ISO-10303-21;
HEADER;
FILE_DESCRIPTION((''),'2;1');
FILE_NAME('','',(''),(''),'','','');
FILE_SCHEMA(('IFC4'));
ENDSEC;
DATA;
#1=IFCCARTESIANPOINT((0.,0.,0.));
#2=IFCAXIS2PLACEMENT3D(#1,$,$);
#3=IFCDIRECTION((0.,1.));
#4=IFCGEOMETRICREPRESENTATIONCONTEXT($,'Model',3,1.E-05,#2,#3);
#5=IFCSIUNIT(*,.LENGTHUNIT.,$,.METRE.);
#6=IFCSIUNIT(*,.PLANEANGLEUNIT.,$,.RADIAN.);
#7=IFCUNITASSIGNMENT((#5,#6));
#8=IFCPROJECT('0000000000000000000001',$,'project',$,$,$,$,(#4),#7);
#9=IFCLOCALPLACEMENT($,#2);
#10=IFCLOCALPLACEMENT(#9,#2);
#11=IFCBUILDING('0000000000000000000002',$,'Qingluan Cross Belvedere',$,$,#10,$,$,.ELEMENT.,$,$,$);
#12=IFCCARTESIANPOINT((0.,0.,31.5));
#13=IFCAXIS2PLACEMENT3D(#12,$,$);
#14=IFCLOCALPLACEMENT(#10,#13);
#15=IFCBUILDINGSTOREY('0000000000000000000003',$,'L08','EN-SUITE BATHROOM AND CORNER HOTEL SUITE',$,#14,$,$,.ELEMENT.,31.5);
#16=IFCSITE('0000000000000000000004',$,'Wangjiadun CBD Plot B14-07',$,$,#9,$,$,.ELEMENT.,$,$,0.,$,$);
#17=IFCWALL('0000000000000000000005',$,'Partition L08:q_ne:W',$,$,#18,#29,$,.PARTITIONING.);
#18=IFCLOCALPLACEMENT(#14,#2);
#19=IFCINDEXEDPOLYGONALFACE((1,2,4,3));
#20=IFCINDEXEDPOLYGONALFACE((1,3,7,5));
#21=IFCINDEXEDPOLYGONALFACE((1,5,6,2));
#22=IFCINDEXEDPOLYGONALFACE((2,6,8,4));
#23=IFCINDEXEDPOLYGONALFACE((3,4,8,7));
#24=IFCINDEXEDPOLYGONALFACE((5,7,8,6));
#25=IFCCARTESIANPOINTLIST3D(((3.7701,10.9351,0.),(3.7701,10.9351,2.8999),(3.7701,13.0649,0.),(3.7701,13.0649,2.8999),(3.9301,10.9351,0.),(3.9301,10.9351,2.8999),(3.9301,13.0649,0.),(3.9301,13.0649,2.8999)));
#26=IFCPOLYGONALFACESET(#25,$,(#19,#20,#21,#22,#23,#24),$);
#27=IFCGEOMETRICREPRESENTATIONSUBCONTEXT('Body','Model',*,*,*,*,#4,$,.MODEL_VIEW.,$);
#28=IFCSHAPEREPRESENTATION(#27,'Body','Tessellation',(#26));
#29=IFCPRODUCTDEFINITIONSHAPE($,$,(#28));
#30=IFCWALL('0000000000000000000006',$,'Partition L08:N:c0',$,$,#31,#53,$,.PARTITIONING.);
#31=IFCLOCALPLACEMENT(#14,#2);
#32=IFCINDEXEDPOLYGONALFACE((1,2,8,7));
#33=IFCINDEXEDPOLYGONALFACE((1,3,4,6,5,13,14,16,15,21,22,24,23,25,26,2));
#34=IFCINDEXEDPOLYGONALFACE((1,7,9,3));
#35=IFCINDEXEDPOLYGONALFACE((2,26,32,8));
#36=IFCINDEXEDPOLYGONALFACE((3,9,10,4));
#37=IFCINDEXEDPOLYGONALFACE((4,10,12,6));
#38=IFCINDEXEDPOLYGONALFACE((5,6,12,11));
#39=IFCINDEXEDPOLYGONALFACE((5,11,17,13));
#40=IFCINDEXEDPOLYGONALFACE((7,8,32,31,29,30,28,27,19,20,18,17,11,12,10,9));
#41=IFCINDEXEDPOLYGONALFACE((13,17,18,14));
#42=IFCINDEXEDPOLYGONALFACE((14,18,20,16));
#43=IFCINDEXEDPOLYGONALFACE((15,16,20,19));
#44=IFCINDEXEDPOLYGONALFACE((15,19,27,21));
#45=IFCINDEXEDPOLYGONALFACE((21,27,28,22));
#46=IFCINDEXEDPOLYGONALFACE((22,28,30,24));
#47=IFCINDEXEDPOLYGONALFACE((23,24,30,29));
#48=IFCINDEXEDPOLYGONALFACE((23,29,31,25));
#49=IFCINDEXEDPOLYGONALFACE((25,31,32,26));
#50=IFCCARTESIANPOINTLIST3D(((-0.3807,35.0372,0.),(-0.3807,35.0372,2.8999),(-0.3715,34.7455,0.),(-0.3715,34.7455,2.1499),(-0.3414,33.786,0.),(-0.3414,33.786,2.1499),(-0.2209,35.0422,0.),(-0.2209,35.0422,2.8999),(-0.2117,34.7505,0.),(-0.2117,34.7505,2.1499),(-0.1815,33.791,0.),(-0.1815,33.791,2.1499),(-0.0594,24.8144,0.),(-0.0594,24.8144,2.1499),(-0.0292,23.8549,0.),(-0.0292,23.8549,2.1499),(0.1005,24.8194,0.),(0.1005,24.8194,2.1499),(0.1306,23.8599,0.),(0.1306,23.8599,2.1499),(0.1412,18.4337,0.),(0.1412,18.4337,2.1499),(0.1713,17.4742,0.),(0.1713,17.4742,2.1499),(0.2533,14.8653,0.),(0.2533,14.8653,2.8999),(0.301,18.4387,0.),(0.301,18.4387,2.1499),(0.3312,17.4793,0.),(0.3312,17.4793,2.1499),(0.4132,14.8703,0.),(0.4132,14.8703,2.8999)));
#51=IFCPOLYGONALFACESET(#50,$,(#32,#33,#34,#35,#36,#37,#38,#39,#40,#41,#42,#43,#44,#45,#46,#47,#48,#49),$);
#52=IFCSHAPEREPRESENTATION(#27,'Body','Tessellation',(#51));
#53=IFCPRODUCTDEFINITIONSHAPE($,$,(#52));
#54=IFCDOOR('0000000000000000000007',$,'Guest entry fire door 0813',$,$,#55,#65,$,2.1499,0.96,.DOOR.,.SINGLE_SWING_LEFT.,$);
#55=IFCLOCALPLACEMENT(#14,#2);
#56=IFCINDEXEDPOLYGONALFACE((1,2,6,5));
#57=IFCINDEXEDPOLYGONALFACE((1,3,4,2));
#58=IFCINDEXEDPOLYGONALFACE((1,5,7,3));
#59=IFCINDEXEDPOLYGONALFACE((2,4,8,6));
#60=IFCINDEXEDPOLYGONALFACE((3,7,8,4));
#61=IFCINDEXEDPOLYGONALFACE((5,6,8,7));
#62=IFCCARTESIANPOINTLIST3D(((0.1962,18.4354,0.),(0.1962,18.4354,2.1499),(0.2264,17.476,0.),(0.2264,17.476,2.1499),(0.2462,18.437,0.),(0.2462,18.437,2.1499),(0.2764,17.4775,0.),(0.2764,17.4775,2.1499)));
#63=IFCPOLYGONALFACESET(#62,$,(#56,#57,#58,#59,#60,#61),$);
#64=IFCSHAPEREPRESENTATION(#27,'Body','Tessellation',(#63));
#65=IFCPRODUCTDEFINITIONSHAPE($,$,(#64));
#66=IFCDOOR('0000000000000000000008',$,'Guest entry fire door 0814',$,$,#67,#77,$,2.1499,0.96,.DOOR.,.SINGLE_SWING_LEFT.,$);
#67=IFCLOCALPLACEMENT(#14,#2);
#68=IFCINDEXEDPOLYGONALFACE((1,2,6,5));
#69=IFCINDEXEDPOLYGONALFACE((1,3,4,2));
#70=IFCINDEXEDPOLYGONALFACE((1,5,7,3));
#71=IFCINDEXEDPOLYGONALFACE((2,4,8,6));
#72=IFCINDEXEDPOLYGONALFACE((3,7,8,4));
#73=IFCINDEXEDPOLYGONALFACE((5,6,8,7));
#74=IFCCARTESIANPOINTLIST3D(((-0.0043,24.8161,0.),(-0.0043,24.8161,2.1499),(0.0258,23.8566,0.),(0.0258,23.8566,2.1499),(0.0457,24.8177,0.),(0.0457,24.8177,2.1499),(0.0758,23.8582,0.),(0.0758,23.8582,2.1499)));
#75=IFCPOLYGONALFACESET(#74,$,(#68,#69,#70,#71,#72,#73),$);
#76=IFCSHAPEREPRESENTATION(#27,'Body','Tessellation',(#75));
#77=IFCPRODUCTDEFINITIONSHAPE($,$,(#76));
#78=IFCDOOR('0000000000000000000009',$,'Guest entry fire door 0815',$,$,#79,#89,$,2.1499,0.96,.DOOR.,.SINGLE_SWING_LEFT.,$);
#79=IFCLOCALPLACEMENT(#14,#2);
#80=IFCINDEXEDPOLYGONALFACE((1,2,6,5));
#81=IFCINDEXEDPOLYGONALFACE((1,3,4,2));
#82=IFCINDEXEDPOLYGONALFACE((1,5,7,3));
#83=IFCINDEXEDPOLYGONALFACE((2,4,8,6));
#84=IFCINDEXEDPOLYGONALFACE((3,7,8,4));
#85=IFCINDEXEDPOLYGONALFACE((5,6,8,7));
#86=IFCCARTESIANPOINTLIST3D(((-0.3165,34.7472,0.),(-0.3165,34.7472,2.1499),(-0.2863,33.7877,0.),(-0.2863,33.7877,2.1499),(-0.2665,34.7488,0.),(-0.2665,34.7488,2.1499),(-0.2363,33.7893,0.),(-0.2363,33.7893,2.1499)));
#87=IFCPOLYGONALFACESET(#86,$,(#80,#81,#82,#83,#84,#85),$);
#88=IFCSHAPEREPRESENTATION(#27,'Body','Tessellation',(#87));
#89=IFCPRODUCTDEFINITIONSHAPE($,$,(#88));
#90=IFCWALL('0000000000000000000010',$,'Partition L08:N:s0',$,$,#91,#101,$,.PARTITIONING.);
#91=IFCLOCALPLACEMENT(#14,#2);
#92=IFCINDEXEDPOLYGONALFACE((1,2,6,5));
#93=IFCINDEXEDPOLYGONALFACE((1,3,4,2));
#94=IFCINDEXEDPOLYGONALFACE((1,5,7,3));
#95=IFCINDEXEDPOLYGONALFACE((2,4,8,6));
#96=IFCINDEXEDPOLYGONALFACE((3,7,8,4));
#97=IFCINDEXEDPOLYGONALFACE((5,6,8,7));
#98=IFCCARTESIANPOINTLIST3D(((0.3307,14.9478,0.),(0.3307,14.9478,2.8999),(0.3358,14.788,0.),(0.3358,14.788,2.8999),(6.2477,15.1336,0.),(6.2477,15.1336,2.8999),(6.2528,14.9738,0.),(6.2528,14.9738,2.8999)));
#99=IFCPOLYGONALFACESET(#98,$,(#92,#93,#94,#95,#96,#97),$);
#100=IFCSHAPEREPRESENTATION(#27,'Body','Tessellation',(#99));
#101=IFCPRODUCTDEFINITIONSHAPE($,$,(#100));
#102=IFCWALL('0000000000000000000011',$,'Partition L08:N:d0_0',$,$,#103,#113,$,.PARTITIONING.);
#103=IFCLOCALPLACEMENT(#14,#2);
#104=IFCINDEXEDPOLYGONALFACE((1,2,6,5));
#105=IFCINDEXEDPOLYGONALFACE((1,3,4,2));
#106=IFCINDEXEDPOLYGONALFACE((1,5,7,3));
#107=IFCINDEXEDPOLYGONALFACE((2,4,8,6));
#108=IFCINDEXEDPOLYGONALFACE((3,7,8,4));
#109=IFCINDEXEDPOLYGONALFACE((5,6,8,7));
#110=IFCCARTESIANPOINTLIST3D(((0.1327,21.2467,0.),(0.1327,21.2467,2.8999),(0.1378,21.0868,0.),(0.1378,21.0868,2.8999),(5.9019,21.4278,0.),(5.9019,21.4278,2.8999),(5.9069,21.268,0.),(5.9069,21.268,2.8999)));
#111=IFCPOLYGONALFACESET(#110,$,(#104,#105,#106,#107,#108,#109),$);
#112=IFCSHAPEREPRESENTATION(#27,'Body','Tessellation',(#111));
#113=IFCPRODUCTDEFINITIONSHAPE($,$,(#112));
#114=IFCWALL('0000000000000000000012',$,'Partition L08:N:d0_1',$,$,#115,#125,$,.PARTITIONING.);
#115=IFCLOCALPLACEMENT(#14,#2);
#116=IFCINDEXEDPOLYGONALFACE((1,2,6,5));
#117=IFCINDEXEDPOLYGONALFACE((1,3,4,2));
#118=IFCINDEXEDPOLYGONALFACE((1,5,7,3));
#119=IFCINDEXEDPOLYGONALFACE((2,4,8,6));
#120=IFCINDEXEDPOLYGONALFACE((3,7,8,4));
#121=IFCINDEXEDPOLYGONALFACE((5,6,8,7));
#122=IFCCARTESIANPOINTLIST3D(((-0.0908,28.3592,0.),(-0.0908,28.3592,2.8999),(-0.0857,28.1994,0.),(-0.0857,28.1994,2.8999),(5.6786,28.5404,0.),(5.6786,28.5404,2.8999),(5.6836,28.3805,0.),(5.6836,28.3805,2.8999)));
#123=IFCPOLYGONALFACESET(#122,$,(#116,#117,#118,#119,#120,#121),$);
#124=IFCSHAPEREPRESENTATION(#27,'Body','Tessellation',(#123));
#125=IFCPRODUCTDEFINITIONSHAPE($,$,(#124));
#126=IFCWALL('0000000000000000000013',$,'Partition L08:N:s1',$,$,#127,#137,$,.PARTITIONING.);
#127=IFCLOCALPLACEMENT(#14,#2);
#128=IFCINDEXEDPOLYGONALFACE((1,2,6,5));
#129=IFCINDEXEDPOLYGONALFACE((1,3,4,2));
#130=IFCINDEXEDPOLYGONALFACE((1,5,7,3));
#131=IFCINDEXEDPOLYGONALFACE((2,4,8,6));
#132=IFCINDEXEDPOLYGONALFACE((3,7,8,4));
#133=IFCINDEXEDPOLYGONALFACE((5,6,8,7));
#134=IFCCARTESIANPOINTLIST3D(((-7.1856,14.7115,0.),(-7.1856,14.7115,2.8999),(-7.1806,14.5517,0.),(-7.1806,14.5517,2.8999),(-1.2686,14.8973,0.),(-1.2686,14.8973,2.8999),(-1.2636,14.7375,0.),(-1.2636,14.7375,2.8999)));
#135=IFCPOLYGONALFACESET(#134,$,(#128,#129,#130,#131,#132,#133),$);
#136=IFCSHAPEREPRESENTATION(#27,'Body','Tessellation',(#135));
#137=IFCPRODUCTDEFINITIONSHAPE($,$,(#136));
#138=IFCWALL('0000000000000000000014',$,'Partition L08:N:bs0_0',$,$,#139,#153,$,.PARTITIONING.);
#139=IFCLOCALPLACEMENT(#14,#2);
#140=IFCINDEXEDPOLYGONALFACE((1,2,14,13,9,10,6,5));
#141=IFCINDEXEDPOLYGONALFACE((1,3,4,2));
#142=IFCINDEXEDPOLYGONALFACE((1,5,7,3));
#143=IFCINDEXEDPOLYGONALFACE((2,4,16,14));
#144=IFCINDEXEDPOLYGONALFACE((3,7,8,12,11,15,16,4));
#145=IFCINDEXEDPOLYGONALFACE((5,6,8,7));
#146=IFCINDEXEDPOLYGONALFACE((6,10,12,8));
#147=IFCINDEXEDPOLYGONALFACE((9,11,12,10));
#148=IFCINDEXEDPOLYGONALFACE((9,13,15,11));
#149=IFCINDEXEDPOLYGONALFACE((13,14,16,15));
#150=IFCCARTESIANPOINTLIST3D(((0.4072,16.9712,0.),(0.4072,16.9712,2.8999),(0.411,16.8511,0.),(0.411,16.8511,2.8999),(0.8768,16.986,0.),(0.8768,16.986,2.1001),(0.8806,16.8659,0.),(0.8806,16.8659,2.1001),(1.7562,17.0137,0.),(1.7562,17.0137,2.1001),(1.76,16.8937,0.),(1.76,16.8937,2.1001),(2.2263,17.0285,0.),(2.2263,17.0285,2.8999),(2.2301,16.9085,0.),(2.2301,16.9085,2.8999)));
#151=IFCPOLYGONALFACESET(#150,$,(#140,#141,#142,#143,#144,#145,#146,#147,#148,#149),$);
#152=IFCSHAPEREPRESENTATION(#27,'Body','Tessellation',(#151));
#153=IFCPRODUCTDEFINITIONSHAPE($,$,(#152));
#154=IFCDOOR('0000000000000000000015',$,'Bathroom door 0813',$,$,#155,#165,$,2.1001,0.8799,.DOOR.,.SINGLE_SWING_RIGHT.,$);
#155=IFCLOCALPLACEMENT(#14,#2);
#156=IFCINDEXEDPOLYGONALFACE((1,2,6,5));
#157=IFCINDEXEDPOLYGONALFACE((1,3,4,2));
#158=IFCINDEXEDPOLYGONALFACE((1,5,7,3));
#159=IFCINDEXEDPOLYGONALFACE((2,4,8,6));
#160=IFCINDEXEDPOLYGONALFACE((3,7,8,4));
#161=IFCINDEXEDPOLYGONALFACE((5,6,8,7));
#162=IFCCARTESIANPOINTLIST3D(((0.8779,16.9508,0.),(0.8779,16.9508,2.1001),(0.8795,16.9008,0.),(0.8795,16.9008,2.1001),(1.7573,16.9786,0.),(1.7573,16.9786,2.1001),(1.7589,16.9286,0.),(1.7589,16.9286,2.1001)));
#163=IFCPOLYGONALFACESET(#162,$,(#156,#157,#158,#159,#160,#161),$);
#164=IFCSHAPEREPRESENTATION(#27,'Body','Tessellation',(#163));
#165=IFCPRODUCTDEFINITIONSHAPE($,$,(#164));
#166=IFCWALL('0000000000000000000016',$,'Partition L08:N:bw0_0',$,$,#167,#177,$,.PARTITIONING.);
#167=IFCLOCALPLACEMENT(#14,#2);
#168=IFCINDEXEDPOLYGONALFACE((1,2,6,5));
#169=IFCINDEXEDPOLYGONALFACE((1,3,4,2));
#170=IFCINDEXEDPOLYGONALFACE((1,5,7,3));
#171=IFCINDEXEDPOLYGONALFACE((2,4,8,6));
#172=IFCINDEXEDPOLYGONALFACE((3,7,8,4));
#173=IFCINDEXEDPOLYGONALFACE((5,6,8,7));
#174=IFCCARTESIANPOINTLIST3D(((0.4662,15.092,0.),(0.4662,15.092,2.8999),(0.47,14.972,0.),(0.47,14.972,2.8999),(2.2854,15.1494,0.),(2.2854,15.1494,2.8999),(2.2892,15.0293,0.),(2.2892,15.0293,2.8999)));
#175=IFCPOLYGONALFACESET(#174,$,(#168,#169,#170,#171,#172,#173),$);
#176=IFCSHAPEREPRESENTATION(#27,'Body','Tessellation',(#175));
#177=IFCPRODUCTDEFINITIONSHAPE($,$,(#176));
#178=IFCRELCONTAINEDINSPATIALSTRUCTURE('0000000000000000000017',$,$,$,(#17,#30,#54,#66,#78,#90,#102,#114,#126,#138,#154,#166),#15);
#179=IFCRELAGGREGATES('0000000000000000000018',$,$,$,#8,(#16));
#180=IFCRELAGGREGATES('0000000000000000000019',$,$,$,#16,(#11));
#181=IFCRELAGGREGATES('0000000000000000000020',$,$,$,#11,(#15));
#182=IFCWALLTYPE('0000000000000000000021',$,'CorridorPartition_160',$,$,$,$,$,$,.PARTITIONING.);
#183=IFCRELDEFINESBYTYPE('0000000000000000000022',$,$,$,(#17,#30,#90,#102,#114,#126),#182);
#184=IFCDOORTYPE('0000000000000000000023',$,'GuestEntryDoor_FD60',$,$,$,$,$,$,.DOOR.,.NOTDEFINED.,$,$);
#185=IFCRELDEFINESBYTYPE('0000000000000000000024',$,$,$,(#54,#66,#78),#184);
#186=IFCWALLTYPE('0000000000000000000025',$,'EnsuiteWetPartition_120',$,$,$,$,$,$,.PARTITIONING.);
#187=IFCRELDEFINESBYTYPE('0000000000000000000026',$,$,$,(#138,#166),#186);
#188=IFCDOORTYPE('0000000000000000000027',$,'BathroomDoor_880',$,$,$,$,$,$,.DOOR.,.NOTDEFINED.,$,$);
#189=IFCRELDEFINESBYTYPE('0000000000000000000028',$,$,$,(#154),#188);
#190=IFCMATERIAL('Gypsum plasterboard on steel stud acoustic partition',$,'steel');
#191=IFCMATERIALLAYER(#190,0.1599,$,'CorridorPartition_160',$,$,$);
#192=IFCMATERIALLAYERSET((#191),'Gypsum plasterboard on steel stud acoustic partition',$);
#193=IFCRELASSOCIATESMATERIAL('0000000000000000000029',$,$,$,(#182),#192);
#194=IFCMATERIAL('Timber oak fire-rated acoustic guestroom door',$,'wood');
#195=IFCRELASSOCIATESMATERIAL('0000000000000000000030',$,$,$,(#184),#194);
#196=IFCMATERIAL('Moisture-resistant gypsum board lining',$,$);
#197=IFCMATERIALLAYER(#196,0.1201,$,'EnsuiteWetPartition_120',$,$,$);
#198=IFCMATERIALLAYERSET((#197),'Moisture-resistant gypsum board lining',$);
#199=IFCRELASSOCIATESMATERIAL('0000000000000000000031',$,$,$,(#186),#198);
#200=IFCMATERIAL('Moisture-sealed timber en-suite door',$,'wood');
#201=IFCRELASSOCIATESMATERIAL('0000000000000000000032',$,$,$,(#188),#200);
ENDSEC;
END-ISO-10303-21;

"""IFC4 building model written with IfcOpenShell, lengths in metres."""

from ifc_helpers import new_model, si_unit, direction, frame, frame_2d, origin, place, context, subcontext, project, spatial, rectangle, extrude, material, layer, layer_set, type_object, element, fill, save


model = new_model("IFC4")

# Units and contexts
model_context = context("Model", 3, precision=1e-05, world=origin(), true_north=direction((0.0, 1.0)))
body_context = subcontext(model_context, "Body", "Model", "MODEL_VIEW")
ifc_project = project(units=[si_unit("LENGTHUNIT", "METRE"), si_unit("PLANEANGLEUNIT", "RADIAN")], contexts=[model_context])

# Site, building, storey
site_placement = place(None, origin())
site = spatial("IfcSite", under=ifc_project, at=site_placement, Name="Wangjiadun CBD Plot B14-07", CompositionType="ELEMENT", RefElevation=0.0)
building_placement = place(site_placement, origin())
building = spatial("IfcBuilding", under=site, at=building_placement, Name="Qingluan Cross Belvedere", CompositionType="ELEMENT")
storey_placement = place(building_placement, frame((0.0, 0.0, 31.5)))
storey = spatial("IfcBuildingStorey", under=building, at=storey_placement, Name="L08", Description="EN-SUITE BATHROOM AND CORNER HOTEL SUITE", CompositionType="ELEMENT", Elevation=31.5)

# Shared definitions
ifc_material_1 = material(Name="Gypsum plasterboard on steel stud acoustic partition", Category="steel")
ifc_layer_1 = layer(ifc_material_1, 0.1599, Name="CorridorPartition_160")
ifc_layer_set_1 = layer_set([ifc_layer_1], Name="Gypsum plasterboard on steel stud acoustic partition")
wall_type_1 = type_object("IfcWallType", Name="CorridorPartition_160", PredefinedType="PARTITIONING", material=ifc_layer_set_1)
ifc_material_2 = material(Name="Timber oak fire-rated acoustic guestroom door", Category="wood")
door_type_1 = type_object("IfcDoorType", Name="GuestEntryDoor_FD60", OperationType="NOTDEFINED", PredefinedType="DOOR", material=ifc_material_2)

# Wall
wall_1_placement = place(storey_placement, frame((3.8501, 10.9351, 0.0), z_axis=(0.0, 0.0, 1.0), x_axis=(0.0, 1.0, 0.0)))
element("IfcWall", 1, at=wall_1_placement, inside=storey, type_object=wall_type_1, Name="Partition L08:q_ne:W", PredefinedType="PARTITIONING", context=body_context, shape_type="SweptSolid", body=[
    extrude(rectangle(XDim=2.1299, YDim=0.1599, at=frame_2d((1.0649, 0.0))), origin(), (0.0, 0.0, 1.0), 2.8999),
])

# Wall, openings, doors
wall_2_placement = place(storey_placement, frame((0.3333, 14.8679, 0.0), z_axis=(0.0, 0.0, 1.0), x_axis=(-0.031416, 0.999506, 0.0)))
wall_2 = element("IfcWall", 2, at=wall_2_placement, inside=storey, type_object=wall_type_1, Name="Partition L08:N:c0", PredefinedType="PARTITIONING", context=body_context, shape_type="SweptSolid", body=[
    extrude(rectangle(XDim=20.1819, YDim=0.1599, at=frame_2d((10.0908, 0.0))), origin(), (0.0, 0.0, 1.0), 2.8999),
])
opening_1_placement = place(wall_2_placement, frame((2.6101, 0.0, 0.0)))
opening_1 = element("IfcOpeningElement", 3, at=opening_1_placement, cuts=wall_2, PredefinedType="OPENING", context=body_context, shape_type="SweptSolid", body=[
    extrude(rectangle(XDim=0.96, YDim=2.1499, at=frame_2d((0.48, 1.075))), frame((0.0, 0.0898, 0.0), z_axis=(0.0, -1.0, 0.0), x_axis=(1.0, 0.0, 0.0)), (0.0, 0.0, 1.0), 0.1799),
])
opening_2_placement = place(wall_2_placement, frame((8.9939, 0.0, 0.0)))
opening_2 = element("IfcOpeningElement", 4, at=opening_2_placement, cuts=wall_2, PredefinedType="OPENING", context=body_context, shape_type="SweptSolid", body=[
    extrude(rectangle(XDim=0.96, YDim=2.1499, at=frame_2d((0.48, 1.075))), frame((0.0, 0.0898, 0.0), z_axis=(0.0, -1.0, 0.0), x_axis=(1.0, 0.0, 0.0)), (0.0, 0.0, 1.0), 0.1799),
])
opening_3_placement = place(wall_2_placement, frame((18.9299, 0.0, 0.0)))
opening_3 = element("IfcOpeningElement", 5, at=opening_3_placement, cuts=wall_2, PredefinedType="OPENING", context=body_context, shape_type="SweptSolid", body=[
    extrude(rectangle(XDim=0.96, YDim=2.1499, at=frame_2d((0.48, 1.075))), frame((0.0, 0.0898, 0.0), z_axis=(0.0, -1.0, 0.0), x_axis=(1.0, 0.0, 0.0)), (0.0, 0.0, 1.0), 0.1799),
])
door_1_placement = place(opening_1_placement, origin())
door_1 = element("IfcDoor", 6, at=door_1_placement, inside=storey, type_object=door_type_1, Name="Guest entry fire door 0813", OperationType="SINGLE_SWING_LEFT", OverallHeight=2.1499, OverallWidth=0.96, PredefinedType="DOOR", context=body_context, shape_type="SweptSolid", body=[
    extrude(rectangle(XDim=0.96, YDim=2.1499, at=frame_2d((0.48, 1.075))), frame((0.0, 0.0249, 0.0), z_axis=(0.0, -1.0, 0.0), x_axis=(1.0, 0.0, 0.0)), (0.0, 0.0, 1.0), 0.05),
])
fill(opening_1, door_1)
door_2_placement = place(opening_2_placement, origin())
door_2 = element("IfcDoor", 7, at=door_2_placement, inside=storey, type_object=door_type_1, Name="Guest entry fire door 0814", OperationType="SINGLE_SWING_LEFT", OverallHeight=2.1499, OverallWidth=0.96, PredefinedType="DOOR", context=body_context, shape_type="SweptSolid", body=[
    extrude(rectangle(XDim=0.96, YDim=2.1499, at=frame_2d((0.48, 1.075))), frame((0.0, 0.0249, 0.0), z_axis=(0.0, -1.0, 0.0), x_axis=(1.0, 0.0, 0.0)), (0.0, 0.0, 1.0), 0.05),
])
fill(opening_2, door_2)
door_3_placement = place(opening_3_placement, origin())
door_3 = element("IfcDoor", 8, at=door_3_placement, inside=storey, type_object=door_type_1, Name="Guest entry fire door 0815", OperationType="SINGLE_SWING_LEFT", OverallHeight=2.1499, OverallWidth=0.96, PredefinedType="DOOR", context=body_context, shape_type="SweptSolid", body=[
    extrude(rectangle(XDim=0.96, YDim=2.1499, at=frame_2d((0.48, 1.075))), frame((0.0, 0.0249, 0.0), z_axis=(0.0, -1.0, 0.0), x_axis=(1.0, 0.0, 0.0)), (0.0, 0.0, 1.0), 0.05),
])
fill(opening_3, door_3)

# Walls
wall_3_placement = place(storey_placement, frame((0.3333, 14.8679, 0.0), z_axis=(0.0, 0.0, 1.0), x_axis=(0.999507, 0.031384, 0.0)))
element("IfcWall", 9, at=wall_3_placement, inside=storey, type_object=wall_type_1, Name="Partition L08:N:s0", PredefinedType="PARTITIONING", context=body_context, shape_type="SweptSolid", body=[
    extrude(rectangle(XDim=5.9199, YDim=0.1599, at=frame_2d((2.96, 0.0))), origin(), (0.0, 0.0, 1.0), 2.8999),
])
wall_4_placement = place(storey_placement, frame((0.1353, 21.1667, 0.0), z_axis=(0.0, 0.0, 1.0), x_axis=(0.999507, 0.031385, 0.0)))
element("IfcWall", 10, at=wall_4_placement, inside=storey, type_object=wall_type_1, Name="Partition L08:N:d0_0", PredefinedType="PARTITIONING", context=body_context, shape_type="SweptSolid", body=[
    extrude(rectangle(XDim=5.772, YDim=0.1599, at=frame_2d((2.886, 0.0))), origin(), (0.0, 0.0, 1.0), 2.8999),
])
wall_5_placement = place(storey_placement, frame((-0.0884, 28.2793, 0.0), z_axis=(0.0, 0.0, 1.0), x_axis=(0.999507, 0.031384, 0.0)))
element("IfcWall", 11, at=wall_5_placement, inside=storey, type_object=wall_type_1, Name="Partition L08:N:d0_1", PredefinedType="PARTITIONING", context=body_context, shape_type="SweptSolid", body=[
    extrude(rectangle(XDim=5.7722, YDim=0.1599, at=frame_2d((2.8862, 0.0))), origin(), (0.0, 0.0, 1.0), 2.8999),
])
wall_6_placement = place(storey_placement, frame((-1.2661, 14.8174, 0.0), z_axis=(0.0, 0.0, 1.0), x_axis=(-0.999507, -0.031384, 0.0)))
element("IfcWall", 12, at=wall_6_placement, inside=storey, type_object=wall_type_1, Name="Partition L08:N:s1", PredefinedType="PARTITIONING", context=body_context, shape_type="SweptSolid", body=[
    extrude(rectangle(XDim=5.9199, YDim=0.1599, at=frame_2d((2.96, 0.0))), origin(), (0.0, 0.0, 1.0), 2.8999),
])

# Wall, opening, door
ifc_material_3 = material(Name="Moisture-resistant gypsum board lining")
ifc_layer_2 = layer(ifc_material_3, 0.1201, Name="EnsuiteWetPartition_120")
ifc_layer_set_2 = layer_set([ifc_layer_2], Name="Moisture-resistant gypsum board lining")
wall_type_2 = type_object("IfcWallType", Name="EnsuiteWetPartition_120", PredefinedType="PARTITIONING", material=ifc_layer_set_2)
wall_7_placement = place(storey_placement, frame((0.4089, 16.9111, 0.0), z_axis=(0.0, 0.0, 1.0), x_axis=(0.999503, 0.031524, 0.0)))
wall_7 = element("IfcWall", 13, at=wall_7_placement, inside=storey, type_object=wall_type_2, Name="Partition L08:N:bs0_0", PredefinedType="PARTITIONING", context=body_context, shape_type="SweptSolid", body=[
    extrude(rectangle(XDim=1.8201, YDim=0.1201, at=frame_2d((0.9102, 0.0))), origin(), (0.0, 0.0, 1.0), 2.8999),
])
opening_4_placement = place(wall_7_placement, frame((0.47, 0.0, 0.0)))
opening_4 = element("IfcOpeningElement", 14, at=opening_4_placement, cuts=wall_7, PredefinedType="OPENING", context=body_context, shape_type="SweptSolid", body=[
    extrude(rectangle(XDim=0.8799, YDim=2.1001, at=frame_2d((0.4399, 1.05))), frame((0.0, 0.0701, 0.0), z_axis=(0.0, -1.0, 0.0), x_axis=(1.0, 0.0, 0.0)), (0.0, 0.0, 1.0), 0.1401),
])
ifc_material_4 = material(Name="Moisture-sealed timber en-suite door", Category="wood")
door_type_2 = type_object("IfcDoorType", Name="BathroomDoor_880", OperationType="NOTDEFINED", PredefinedType="DOOR", material=ifc_material_4)
door_4_placement = place(opening_4_placement, origin())
door_4 = element("IfcDoor", 15, at=door_4_placement, inside=storey, type_object=door_type_2, Name="Bathroom door 0813", OperationType="SINGLE_SWING_RIGHT", OverallHeight=2.1001, OverallWidth=0.8799, PredefinedType="DOOR", context=body_context, shape_type="SweptSolid", body=[
    extrude(rectangle(XDim=0.8799, YDim=2.1001, at=frame_2d((0.4399, 1.05))), frame((0.0, 0.0249, 0.0), z_axis=(0.0, -1.0, 0.0), x_axis=(1.0, 0.0, 0.0)), (0.0, 0.0, 1.0), 0.05),
])
fill(opening_4, door_4)

# Wall
wall_8_placement = place(storey_placement, frame((0.468, 15.032, 0.0), z_axis=(0.0, 0.0, 1.0), x_axis=(0.999503, 0.031524, 0.0)))
element("IfcWall", 16, at=wall_8_placement, inside=storey, type_object=wall_type_2, Name="Partition L08:N:bw0_0", PredefinedType="PARTITIONING", context=body_context, shape_type="SweptSolid", body=[
    extrude(rectangle(XDim=1.8201, YDim=0.1201, at=frame_2d((0.9102, 0.0))), origin(), (0.0, 0.0, 1.0), 2.8999),
])

save(model, "model.ifc")
